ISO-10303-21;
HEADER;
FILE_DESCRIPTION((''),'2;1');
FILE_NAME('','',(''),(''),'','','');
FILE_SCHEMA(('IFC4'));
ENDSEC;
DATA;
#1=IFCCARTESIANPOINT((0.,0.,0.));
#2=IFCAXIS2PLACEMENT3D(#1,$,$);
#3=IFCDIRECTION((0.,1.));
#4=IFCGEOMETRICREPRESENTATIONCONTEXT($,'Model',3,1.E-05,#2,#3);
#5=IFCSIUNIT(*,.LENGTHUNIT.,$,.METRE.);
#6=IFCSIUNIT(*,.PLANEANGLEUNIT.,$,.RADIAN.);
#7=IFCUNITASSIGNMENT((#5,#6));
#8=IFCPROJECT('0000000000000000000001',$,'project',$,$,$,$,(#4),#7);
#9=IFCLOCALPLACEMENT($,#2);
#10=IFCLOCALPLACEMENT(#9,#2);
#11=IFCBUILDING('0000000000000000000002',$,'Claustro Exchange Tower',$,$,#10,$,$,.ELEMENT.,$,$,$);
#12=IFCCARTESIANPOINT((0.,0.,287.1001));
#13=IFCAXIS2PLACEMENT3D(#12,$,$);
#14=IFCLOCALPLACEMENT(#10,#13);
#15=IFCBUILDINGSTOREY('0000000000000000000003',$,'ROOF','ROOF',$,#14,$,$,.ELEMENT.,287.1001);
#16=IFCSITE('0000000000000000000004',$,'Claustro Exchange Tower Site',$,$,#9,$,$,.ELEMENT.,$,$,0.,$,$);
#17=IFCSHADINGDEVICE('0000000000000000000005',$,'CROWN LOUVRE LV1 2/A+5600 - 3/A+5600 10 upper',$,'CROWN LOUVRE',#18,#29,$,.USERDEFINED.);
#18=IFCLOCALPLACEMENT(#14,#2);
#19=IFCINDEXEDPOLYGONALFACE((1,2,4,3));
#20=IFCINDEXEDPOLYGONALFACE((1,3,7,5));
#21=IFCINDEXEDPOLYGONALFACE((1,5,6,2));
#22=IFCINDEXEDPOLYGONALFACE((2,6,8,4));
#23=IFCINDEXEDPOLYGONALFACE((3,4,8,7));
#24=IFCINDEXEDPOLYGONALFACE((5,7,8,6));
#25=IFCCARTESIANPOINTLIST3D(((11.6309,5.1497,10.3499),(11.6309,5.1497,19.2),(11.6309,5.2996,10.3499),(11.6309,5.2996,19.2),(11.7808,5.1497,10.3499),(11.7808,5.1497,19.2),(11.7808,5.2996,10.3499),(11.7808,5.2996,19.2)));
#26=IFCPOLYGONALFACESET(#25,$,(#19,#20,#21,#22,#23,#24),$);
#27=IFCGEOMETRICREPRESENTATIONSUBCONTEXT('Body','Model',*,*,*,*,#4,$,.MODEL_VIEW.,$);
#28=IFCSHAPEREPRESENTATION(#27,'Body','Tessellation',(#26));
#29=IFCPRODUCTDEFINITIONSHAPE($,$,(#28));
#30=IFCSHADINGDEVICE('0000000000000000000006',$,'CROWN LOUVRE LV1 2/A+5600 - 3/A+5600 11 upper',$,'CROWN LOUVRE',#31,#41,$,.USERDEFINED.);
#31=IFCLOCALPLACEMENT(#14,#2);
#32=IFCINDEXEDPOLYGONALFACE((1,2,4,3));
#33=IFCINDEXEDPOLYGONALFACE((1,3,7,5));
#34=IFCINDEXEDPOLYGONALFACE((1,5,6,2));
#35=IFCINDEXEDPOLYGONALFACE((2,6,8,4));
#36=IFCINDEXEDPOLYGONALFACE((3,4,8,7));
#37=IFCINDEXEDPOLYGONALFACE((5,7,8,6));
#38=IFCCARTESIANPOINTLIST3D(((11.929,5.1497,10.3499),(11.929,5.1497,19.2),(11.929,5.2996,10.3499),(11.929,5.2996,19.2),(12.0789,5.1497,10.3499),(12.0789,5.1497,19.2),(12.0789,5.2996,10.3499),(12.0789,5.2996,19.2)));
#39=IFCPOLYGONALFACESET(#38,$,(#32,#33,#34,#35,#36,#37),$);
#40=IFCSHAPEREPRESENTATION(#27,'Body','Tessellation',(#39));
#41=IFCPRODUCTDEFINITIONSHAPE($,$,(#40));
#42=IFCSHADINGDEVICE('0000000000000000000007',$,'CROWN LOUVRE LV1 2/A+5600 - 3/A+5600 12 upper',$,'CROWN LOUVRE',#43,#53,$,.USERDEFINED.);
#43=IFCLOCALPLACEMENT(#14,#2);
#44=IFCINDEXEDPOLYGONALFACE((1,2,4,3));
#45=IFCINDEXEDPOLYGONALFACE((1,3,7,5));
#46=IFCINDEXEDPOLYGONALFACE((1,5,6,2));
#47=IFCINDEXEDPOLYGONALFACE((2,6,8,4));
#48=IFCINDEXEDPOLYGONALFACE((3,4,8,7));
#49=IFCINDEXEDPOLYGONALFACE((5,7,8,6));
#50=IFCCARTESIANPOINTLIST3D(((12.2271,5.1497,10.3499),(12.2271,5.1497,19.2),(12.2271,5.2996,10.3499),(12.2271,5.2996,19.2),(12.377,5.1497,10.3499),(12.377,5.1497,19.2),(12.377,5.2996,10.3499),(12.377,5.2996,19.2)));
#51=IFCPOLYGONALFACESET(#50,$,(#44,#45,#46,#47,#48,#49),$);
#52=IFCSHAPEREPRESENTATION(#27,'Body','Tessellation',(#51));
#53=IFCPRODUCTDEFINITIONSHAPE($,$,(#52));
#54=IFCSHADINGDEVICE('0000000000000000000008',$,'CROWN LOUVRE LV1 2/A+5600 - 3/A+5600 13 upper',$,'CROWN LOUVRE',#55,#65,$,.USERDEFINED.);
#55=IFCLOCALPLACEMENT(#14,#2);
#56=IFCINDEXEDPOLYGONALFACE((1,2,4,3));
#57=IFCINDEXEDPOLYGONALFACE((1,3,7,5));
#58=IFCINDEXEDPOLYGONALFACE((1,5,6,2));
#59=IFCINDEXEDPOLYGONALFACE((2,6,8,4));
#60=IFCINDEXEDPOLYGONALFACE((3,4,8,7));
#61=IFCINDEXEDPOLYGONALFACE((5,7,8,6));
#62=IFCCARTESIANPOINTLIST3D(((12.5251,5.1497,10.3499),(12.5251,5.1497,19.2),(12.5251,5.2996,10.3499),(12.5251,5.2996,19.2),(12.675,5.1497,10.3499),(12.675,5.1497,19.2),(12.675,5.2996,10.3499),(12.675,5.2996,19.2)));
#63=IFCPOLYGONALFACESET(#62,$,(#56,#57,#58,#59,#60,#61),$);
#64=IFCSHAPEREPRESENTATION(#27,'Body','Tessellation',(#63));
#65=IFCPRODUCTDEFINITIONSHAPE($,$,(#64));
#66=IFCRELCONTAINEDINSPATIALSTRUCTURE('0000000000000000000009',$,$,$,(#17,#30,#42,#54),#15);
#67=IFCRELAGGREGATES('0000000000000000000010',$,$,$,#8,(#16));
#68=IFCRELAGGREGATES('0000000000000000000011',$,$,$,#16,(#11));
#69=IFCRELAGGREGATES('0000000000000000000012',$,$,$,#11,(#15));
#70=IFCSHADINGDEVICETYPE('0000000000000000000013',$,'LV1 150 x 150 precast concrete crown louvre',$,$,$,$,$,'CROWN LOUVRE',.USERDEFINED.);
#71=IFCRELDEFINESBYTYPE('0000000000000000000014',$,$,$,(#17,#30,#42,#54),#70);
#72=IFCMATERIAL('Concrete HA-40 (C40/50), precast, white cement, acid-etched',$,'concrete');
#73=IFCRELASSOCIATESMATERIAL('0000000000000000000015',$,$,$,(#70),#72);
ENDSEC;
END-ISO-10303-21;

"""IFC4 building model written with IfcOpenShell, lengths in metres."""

from ifc_helpers import new_model, si_unit, direction, frame, origin, origin_2d, place, context, subcontext, project, spatial, rectangle, extrude, material, type_object, element, save


model = new_model("IFC4")

# Units and contexts
model_context = context("Model", 3, precision=1e-05, world=origin(), true_north=direction((0.0, 1.0)))
body_context = subcontext(model_context, "Body", "Model", "MODEL_VIEW")
ifc_project = project(units=[si_unit("LENGTHUNIT", "METRE"), si_unit("PLANEANGLEUNIT", "RADIAN")], contexts=[model_context])

# Site, building, storey
site_placement = place(None, origin())
site = spatial("IfcSite", under=ifc_project, at=site_placement, Name="Claustro Exchange Tower Site", CompositionType="ELEMENT", RefElevation=0.0)
building_placement = place(site_placement, origin())
building = spatial("IfcBuilding", under=site, at=building_placement, Name="Claustro Exchange Tower", CompositionType="ELEMENT")
storey_placement = place(building_placement, frame((0.0, 0.0, 287.1001)))
storey = spatial("IfcBuildingStorey", under=building, at=storey_placement, Name="ROOF", Description="ROOF", CompositionType="ELEMENT", Elevation=287.1001)

# Shading devices
ifc_material_1 = material(Name="Concrete HA-40 (C40/50), precast, white cement, acid-etched", Category="concrete")
shading_device_type = type_object("IfcShadingDeviceType", Name="LV1 150 x 150 precast concrete crown louvre", ElementType="CROWN LOUVRE", PredefinedType="USERDEFINED", material=ifc_material_1)
for number, where, z_axis, x_axis, name in (
    (1, (11.7058, 5.2246, 10.3499), (0.0, 0.0, 1.0), (1.0, 0.0, 0.0), "CROWN LOUVRE LV1 2/A+5600 - 3/A+5600 10 upper"),
    (2, (12.0039, 5.2246, 10.3499), (0.0, 0.0, 1.0), (1.0, 0.0, 0.0), "CROWN LOUVRE LV1 2/A+5600 - 3/A+5600 11 upper"),
    (3, (12.302, 5.2246, 10.3499), (0.0, 0.0, 1.0), (1.0, 0.0, 0.0), "CROWN LOUVRE LV1 2/A+5600 - 3/A+5600 12 upper"),
    (4, (12.6001, 5.2246, 10.3499), (0.0, 0.0, 1.0), (1.0, 0.0, 0.0), "CROWN LOUVRE LV1 2/A+5600 - 3/A+5600 13 upper"),
):
    element("IfcShadingDevice", number, at=place(storey_placement, frame(where, z_axis=z_axis, x_axis=x_axis)), inside=storey, type_object=shading_device_type, Name=name, ObjectType="CROWN LOUVRE", PredefinedType="USERDEFINED", context=body_context, shape_type="SweptSolid", body=[
        extrude(rectangle(XDim=0.1499, YDim=0.1499, at=origin_2d()), origin(), (0.0, 0.0, 1.0), 8.8501),
    ])

save(model, "model.ifc")
